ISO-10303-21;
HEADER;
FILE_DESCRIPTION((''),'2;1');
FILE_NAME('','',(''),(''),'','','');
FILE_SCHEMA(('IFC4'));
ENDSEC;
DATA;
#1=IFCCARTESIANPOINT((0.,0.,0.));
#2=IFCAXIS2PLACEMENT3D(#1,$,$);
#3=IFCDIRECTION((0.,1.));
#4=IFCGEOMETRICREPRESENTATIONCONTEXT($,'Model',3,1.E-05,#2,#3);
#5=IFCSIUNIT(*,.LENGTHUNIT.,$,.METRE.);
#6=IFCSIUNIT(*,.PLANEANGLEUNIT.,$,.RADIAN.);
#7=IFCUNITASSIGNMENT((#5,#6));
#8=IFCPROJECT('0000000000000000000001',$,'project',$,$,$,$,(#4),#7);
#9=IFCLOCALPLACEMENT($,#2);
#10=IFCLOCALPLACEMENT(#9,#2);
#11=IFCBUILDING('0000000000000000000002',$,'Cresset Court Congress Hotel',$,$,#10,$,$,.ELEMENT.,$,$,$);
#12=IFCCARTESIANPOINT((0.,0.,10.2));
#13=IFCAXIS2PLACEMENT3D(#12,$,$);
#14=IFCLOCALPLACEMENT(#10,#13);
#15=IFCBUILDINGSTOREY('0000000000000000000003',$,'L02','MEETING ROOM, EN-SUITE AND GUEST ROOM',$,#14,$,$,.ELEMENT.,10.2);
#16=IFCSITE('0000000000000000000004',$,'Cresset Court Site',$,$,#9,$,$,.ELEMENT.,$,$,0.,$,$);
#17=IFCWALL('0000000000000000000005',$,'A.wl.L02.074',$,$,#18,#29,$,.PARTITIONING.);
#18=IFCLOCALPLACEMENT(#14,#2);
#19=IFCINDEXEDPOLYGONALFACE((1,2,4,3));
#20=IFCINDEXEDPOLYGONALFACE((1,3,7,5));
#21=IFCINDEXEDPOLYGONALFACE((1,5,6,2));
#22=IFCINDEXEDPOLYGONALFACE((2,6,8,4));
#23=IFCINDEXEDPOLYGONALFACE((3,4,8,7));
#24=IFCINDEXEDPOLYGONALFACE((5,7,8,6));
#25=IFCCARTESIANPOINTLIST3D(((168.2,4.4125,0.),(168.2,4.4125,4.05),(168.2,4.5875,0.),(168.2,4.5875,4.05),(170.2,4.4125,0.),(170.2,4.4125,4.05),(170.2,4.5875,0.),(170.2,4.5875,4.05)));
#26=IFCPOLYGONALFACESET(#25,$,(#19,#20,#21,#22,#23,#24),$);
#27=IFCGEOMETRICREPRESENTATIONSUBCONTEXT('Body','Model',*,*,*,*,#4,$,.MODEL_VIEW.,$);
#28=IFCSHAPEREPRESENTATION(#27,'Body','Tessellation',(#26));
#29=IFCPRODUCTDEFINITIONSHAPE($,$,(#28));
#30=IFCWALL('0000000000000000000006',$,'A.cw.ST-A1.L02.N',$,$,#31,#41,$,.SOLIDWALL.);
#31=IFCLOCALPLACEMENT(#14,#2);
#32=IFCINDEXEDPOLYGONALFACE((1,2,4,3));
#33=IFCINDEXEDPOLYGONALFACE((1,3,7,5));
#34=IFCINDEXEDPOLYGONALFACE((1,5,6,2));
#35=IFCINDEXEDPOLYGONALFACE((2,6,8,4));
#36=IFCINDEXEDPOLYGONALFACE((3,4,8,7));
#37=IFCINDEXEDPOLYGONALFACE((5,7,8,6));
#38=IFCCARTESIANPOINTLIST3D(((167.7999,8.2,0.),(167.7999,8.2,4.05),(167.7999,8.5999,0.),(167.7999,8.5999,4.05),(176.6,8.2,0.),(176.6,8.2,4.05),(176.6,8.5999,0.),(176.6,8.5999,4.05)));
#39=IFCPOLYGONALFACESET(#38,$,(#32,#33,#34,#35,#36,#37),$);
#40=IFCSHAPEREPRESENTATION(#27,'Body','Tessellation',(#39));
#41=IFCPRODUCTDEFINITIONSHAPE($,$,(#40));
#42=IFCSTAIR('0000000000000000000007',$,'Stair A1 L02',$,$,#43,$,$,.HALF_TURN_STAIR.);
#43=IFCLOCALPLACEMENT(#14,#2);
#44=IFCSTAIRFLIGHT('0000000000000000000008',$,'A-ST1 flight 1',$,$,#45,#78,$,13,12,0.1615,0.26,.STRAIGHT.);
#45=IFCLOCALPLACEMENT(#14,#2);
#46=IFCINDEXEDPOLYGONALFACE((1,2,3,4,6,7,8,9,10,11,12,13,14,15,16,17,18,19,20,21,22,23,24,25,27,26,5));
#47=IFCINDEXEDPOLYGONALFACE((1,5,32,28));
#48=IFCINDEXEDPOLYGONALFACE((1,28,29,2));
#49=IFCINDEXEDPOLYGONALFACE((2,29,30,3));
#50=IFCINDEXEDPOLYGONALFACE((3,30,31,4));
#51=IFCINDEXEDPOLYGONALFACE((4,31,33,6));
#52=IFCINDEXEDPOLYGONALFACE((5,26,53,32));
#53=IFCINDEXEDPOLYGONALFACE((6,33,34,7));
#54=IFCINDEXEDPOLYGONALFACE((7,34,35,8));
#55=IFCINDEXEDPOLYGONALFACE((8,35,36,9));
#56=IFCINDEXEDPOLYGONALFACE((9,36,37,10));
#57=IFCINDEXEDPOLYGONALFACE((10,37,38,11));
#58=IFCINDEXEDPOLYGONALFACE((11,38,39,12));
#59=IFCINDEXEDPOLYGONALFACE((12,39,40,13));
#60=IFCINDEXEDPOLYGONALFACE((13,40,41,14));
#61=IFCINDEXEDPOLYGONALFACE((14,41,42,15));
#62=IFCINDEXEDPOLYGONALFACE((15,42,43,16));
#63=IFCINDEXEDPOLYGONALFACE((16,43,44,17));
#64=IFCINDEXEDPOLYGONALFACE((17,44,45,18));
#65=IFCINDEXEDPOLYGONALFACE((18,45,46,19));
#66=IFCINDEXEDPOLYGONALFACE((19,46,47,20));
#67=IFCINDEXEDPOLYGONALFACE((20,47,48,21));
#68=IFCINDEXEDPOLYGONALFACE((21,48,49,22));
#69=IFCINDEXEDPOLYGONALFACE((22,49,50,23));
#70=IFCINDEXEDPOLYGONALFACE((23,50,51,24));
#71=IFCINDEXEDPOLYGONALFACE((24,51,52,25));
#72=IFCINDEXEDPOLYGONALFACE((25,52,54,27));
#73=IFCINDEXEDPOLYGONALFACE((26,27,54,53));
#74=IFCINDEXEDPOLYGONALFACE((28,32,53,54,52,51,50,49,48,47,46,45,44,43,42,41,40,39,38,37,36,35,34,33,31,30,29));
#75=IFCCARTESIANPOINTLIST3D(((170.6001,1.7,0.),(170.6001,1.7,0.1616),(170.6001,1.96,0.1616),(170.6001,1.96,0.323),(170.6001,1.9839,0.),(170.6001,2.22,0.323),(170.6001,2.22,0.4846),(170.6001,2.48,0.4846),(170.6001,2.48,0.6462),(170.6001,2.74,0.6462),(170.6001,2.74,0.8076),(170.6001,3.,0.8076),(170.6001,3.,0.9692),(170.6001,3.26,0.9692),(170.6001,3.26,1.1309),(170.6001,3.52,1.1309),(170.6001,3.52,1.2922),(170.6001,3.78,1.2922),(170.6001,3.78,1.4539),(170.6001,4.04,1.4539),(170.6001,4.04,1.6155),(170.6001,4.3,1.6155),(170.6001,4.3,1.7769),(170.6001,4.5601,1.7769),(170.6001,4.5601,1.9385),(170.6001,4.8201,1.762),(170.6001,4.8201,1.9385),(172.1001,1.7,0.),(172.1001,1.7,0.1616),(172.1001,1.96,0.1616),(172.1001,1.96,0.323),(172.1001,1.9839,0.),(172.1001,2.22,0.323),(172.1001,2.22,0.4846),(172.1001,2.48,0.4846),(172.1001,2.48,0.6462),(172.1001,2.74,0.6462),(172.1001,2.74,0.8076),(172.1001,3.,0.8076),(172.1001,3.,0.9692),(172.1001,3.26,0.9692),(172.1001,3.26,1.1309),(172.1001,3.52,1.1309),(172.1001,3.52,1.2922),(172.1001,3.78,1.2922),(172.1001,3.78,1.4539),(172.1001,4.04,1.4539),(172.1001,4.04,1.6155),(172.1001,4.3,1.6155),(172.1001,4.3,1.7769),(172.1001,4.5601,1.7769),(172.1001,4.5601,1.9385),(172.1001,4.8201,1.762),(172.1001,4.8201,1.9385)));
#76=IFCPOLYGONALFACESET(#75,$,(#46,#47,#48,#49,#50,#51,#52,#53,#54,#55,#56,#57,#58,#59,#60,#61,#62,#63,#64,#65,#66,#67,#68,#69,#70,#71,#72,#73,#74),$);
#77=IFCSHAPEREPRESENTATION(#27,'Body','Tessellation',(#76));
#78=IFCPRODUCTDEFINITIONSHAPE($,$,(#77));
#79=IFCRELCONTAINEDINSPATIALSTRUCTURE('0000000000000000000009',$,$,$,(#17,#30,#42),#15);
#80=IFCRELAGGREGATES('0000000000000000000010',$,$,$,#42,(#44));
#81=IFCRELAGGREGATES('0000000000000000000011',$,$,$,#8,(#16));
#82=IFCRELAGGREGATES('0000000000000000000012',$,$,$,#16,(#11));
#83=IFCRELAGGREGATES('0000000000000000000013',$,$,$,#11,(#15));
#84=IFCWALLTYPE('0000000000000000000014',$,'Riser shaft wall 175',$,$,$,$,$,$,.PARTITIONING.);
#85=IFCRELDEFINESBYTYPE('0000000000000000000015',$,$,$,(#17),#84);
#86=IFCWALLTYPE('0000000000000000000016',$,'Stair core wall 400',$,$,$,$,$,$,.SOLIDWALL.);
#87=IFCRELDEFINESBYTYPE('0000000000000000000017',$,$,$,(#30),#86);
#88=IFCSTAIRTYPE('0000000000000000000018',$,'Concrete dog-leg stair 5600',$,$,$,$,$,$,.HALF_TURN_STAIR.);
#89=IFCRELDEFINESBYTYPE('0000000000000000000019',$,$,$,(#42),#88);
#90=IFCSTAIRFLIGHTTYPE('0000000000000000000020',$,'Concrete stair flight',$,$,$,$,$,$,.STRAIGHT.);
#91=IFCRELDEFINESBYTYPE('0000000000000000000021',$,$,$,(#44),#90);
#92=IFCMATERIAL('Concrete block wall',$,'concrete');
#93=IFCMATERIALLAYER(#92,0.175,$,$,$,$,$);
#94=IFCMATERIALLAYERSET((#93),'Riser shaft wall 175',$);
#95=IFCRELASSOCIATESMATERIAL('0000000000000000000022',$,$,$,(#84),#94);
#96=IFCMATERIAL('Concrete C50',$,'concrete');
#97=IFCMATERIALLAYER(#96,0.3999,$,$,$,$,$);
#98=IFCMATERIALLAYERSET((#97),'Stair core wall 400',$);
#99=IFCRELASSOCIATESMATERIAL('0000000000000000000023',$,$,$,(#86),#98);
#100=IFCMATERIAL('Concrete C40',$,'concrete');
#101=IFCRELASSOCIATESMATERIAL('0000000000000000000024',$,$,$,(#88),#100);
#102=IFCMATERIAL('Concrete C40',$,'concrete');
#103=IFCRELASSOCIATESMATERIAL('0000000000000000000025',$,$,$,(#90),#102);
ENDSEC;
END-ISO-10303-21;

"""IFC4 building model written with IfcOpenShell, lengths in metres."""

from ifc_helpers import new_model, si_unit, direction, frame, frame_2d, origin, place, context, subcontext, project, spatial, polyline, rectangle, outline, extrude, material, layer, layer_set, type_object, element, aggregate, save


model = new_model("IFC4")

# Units and contexts
model_context = context("Model", 3, precision=1e-05, world=origin(), true_north=direction((0.0, 1.0)))
body_context = subcontext(model_context, "Body", "Model", "MODEL_VIEW")
ifc_project = project(units=[si_unit("LENGTHUNIT", "METRE"), si_unit("PLANEANGLEUNIT", "RADIAN")], contexts=[model_context])

# Site, building, storey
site_placement = place(None, origin())
site = spatial("IfcSite", under=ifc_project, at=site_placement, Name="Cresset Court Site", CompositionType="ELEMENT", RefElevation=0.0)
building_placement = place(site_placement, origin())
building = spatial("IfcBuilding", under=site, at=building_placement, Name="Cresset Court Congress Hotel", CompositionType="ELEMENT")
storey_placement = place(building_placement, frame((0.0, 0.0, 10.2)))
storey = spatial("IfcBuildingStorey", under=building, at=storey_placement, Name="L02", Description="MEETING ROOM, EN-SUITE AND GUEST ROOM", CompositionType="ELEMENT", Elevation=10.2)

# Walls
ifc_material_1 = material(Name="Concrete block wall", Category="concrete")
ifc_layer_1 = layer(ifc_material_1, 0.175)
ifc_layer_set_1 = layer_set([ifc_layer_1], Name="Riser shaft wall 175")
wall_type_1 = type_object("IfcWallType", Name="Riser shaft wall 175", PredefinedType="PARTITIONING", material=ifc_layer_set_1)
wall_1_placement = place(storey_placement, frame((168.2, 4.5, 0.0), z_axis=(0.0, 0.0, 1.0), x_axis=(1.0, 0.0, 0.0)))
element("IfcWall", 1, at=wall_1_placement, inside=storey, type_object=wall_type_1, Name="A.wl.L02.074", PredefinedType="PARTITIONING", context=body_context, shape_type="SweptSolid", body=[
    extrude(rectangle(XDim=2.0, YDim=0.175, at=frame_2d((1.0, 0.0))), origin(), (0.0, 0.0, 1.0), 4.05),
])
ifc_material_2 = material(Name="Concrete C50", Category="concrete")
ifc_layer_2 = layer(ifc_material_2, 0.3999)
ifc_layer_set_2 = layer_set([ifc_layer_2], Name="Stair core wall 400")
wall_type_2 = type_object("IfcWallType", Name="Stair core wall 400", PredefinedType="SOLIDWALL", material=ifc_layer_set_2)
wall_2_placement = place(storey_placement, frame((167.8, 8.3999, 0.0), z_axis=(0.0, 0.0, 1.0), x_axis=(1.0, 0.0, 0.0)))
element("IfcWall", 2, at=wall_2_placement, inside=storey, type_object=wall_type_2, Name="A.cw.ST-A1.L02.N", PredefinedType="SOLIDWALL", context=body_context, shape_type="SweptSolid", body=[
    extrude(rectangle(XDim=8.8, YDim=0.3999, at=frame_2d((4.3999, 0.0))), origin(), (0.0, 0.0, 1.0), 4.05),
])

# Stair, stair flight
ifc_material_3 = material(Name="Concrete C40", Category="concrete")
stair_type = type_object("IfcStairType", Name="Concrete dog-leg stair 5600", PredefinedType="HALF_TURN_STAIR", material=ifc_material_3)
stair_placement = place(storey_placement, origin())
stair = element("IfcStair", 3, at=stair_placement, inside=storey, type_object=stair_type, Name="Stair A1 L02", PredefinedType="HALF_TURN_STAIR")
ifc_material_4 = material(Name="Concrete C40", Category="concrete")
stair_flight_type = type_object("IfcStairFlightType", Name="Concrete stair flight", PredefinedType="STRAIGHT", material=ifc_material_4)
stair_flight_placement = place(storey_placement, frame((171.3501, 1.7, 0.0), z_axis=(0.0, 0.0, 1.0), x_axis=(0.0, 1.0, 0.0)))
stair_flight = element("IfcStairFlight", 4, at=stair_flight_placement, type_object=stair_flight_type, Name="A-ST1 flight 1", NumberOfRisers=13, NumberOfTreads=12, PredefinedType="STRAIGHT", RiserHeight=0.1615, TreadLength=0.26, context=body_context, shape_type="SweptSolid", body=[
    extrude(outline(polyline([(0.0, 0.0), (0.0, 0.1616), (0.26, 0.1616), (0.26, 0.323), (0.52, 0.323), (0.52, 0.4846), (0.78, 0.4846), (0.78, 0.6462), (1.04, 0.6462), (1.04, 0.8076), (1.3, 0.8076), (1.3, 0.9692), (1.5601, 0.9692), (1.5601, 1.1309), (1.8201, 1.1309), (1.8201, 1.2922), (2.0801, 1.2922), (2.0801, 1.4539), (2.3401, 1.4539), (2.3401, 1.6155), (2.6001, 1.6155), (2.6001, 1.7769), (2.8601, 1.7769), (2.8601, 1.9385), (3.1201, 1.9385), (3.1201, 2.1001), (3.1201, 1.762), (0.2839, 0.0), (0.0, 0.0)])), frame((0.0, 0.75, 0.0), z_axis=(0.0, -1.0, 0.0), x_axis=(1.0, 0.0, 0.0)), (0.0, 0.0, 1.0), 1.5),
])
aggregate(stair, [stair_flight])

save(model, "model.ifc")
